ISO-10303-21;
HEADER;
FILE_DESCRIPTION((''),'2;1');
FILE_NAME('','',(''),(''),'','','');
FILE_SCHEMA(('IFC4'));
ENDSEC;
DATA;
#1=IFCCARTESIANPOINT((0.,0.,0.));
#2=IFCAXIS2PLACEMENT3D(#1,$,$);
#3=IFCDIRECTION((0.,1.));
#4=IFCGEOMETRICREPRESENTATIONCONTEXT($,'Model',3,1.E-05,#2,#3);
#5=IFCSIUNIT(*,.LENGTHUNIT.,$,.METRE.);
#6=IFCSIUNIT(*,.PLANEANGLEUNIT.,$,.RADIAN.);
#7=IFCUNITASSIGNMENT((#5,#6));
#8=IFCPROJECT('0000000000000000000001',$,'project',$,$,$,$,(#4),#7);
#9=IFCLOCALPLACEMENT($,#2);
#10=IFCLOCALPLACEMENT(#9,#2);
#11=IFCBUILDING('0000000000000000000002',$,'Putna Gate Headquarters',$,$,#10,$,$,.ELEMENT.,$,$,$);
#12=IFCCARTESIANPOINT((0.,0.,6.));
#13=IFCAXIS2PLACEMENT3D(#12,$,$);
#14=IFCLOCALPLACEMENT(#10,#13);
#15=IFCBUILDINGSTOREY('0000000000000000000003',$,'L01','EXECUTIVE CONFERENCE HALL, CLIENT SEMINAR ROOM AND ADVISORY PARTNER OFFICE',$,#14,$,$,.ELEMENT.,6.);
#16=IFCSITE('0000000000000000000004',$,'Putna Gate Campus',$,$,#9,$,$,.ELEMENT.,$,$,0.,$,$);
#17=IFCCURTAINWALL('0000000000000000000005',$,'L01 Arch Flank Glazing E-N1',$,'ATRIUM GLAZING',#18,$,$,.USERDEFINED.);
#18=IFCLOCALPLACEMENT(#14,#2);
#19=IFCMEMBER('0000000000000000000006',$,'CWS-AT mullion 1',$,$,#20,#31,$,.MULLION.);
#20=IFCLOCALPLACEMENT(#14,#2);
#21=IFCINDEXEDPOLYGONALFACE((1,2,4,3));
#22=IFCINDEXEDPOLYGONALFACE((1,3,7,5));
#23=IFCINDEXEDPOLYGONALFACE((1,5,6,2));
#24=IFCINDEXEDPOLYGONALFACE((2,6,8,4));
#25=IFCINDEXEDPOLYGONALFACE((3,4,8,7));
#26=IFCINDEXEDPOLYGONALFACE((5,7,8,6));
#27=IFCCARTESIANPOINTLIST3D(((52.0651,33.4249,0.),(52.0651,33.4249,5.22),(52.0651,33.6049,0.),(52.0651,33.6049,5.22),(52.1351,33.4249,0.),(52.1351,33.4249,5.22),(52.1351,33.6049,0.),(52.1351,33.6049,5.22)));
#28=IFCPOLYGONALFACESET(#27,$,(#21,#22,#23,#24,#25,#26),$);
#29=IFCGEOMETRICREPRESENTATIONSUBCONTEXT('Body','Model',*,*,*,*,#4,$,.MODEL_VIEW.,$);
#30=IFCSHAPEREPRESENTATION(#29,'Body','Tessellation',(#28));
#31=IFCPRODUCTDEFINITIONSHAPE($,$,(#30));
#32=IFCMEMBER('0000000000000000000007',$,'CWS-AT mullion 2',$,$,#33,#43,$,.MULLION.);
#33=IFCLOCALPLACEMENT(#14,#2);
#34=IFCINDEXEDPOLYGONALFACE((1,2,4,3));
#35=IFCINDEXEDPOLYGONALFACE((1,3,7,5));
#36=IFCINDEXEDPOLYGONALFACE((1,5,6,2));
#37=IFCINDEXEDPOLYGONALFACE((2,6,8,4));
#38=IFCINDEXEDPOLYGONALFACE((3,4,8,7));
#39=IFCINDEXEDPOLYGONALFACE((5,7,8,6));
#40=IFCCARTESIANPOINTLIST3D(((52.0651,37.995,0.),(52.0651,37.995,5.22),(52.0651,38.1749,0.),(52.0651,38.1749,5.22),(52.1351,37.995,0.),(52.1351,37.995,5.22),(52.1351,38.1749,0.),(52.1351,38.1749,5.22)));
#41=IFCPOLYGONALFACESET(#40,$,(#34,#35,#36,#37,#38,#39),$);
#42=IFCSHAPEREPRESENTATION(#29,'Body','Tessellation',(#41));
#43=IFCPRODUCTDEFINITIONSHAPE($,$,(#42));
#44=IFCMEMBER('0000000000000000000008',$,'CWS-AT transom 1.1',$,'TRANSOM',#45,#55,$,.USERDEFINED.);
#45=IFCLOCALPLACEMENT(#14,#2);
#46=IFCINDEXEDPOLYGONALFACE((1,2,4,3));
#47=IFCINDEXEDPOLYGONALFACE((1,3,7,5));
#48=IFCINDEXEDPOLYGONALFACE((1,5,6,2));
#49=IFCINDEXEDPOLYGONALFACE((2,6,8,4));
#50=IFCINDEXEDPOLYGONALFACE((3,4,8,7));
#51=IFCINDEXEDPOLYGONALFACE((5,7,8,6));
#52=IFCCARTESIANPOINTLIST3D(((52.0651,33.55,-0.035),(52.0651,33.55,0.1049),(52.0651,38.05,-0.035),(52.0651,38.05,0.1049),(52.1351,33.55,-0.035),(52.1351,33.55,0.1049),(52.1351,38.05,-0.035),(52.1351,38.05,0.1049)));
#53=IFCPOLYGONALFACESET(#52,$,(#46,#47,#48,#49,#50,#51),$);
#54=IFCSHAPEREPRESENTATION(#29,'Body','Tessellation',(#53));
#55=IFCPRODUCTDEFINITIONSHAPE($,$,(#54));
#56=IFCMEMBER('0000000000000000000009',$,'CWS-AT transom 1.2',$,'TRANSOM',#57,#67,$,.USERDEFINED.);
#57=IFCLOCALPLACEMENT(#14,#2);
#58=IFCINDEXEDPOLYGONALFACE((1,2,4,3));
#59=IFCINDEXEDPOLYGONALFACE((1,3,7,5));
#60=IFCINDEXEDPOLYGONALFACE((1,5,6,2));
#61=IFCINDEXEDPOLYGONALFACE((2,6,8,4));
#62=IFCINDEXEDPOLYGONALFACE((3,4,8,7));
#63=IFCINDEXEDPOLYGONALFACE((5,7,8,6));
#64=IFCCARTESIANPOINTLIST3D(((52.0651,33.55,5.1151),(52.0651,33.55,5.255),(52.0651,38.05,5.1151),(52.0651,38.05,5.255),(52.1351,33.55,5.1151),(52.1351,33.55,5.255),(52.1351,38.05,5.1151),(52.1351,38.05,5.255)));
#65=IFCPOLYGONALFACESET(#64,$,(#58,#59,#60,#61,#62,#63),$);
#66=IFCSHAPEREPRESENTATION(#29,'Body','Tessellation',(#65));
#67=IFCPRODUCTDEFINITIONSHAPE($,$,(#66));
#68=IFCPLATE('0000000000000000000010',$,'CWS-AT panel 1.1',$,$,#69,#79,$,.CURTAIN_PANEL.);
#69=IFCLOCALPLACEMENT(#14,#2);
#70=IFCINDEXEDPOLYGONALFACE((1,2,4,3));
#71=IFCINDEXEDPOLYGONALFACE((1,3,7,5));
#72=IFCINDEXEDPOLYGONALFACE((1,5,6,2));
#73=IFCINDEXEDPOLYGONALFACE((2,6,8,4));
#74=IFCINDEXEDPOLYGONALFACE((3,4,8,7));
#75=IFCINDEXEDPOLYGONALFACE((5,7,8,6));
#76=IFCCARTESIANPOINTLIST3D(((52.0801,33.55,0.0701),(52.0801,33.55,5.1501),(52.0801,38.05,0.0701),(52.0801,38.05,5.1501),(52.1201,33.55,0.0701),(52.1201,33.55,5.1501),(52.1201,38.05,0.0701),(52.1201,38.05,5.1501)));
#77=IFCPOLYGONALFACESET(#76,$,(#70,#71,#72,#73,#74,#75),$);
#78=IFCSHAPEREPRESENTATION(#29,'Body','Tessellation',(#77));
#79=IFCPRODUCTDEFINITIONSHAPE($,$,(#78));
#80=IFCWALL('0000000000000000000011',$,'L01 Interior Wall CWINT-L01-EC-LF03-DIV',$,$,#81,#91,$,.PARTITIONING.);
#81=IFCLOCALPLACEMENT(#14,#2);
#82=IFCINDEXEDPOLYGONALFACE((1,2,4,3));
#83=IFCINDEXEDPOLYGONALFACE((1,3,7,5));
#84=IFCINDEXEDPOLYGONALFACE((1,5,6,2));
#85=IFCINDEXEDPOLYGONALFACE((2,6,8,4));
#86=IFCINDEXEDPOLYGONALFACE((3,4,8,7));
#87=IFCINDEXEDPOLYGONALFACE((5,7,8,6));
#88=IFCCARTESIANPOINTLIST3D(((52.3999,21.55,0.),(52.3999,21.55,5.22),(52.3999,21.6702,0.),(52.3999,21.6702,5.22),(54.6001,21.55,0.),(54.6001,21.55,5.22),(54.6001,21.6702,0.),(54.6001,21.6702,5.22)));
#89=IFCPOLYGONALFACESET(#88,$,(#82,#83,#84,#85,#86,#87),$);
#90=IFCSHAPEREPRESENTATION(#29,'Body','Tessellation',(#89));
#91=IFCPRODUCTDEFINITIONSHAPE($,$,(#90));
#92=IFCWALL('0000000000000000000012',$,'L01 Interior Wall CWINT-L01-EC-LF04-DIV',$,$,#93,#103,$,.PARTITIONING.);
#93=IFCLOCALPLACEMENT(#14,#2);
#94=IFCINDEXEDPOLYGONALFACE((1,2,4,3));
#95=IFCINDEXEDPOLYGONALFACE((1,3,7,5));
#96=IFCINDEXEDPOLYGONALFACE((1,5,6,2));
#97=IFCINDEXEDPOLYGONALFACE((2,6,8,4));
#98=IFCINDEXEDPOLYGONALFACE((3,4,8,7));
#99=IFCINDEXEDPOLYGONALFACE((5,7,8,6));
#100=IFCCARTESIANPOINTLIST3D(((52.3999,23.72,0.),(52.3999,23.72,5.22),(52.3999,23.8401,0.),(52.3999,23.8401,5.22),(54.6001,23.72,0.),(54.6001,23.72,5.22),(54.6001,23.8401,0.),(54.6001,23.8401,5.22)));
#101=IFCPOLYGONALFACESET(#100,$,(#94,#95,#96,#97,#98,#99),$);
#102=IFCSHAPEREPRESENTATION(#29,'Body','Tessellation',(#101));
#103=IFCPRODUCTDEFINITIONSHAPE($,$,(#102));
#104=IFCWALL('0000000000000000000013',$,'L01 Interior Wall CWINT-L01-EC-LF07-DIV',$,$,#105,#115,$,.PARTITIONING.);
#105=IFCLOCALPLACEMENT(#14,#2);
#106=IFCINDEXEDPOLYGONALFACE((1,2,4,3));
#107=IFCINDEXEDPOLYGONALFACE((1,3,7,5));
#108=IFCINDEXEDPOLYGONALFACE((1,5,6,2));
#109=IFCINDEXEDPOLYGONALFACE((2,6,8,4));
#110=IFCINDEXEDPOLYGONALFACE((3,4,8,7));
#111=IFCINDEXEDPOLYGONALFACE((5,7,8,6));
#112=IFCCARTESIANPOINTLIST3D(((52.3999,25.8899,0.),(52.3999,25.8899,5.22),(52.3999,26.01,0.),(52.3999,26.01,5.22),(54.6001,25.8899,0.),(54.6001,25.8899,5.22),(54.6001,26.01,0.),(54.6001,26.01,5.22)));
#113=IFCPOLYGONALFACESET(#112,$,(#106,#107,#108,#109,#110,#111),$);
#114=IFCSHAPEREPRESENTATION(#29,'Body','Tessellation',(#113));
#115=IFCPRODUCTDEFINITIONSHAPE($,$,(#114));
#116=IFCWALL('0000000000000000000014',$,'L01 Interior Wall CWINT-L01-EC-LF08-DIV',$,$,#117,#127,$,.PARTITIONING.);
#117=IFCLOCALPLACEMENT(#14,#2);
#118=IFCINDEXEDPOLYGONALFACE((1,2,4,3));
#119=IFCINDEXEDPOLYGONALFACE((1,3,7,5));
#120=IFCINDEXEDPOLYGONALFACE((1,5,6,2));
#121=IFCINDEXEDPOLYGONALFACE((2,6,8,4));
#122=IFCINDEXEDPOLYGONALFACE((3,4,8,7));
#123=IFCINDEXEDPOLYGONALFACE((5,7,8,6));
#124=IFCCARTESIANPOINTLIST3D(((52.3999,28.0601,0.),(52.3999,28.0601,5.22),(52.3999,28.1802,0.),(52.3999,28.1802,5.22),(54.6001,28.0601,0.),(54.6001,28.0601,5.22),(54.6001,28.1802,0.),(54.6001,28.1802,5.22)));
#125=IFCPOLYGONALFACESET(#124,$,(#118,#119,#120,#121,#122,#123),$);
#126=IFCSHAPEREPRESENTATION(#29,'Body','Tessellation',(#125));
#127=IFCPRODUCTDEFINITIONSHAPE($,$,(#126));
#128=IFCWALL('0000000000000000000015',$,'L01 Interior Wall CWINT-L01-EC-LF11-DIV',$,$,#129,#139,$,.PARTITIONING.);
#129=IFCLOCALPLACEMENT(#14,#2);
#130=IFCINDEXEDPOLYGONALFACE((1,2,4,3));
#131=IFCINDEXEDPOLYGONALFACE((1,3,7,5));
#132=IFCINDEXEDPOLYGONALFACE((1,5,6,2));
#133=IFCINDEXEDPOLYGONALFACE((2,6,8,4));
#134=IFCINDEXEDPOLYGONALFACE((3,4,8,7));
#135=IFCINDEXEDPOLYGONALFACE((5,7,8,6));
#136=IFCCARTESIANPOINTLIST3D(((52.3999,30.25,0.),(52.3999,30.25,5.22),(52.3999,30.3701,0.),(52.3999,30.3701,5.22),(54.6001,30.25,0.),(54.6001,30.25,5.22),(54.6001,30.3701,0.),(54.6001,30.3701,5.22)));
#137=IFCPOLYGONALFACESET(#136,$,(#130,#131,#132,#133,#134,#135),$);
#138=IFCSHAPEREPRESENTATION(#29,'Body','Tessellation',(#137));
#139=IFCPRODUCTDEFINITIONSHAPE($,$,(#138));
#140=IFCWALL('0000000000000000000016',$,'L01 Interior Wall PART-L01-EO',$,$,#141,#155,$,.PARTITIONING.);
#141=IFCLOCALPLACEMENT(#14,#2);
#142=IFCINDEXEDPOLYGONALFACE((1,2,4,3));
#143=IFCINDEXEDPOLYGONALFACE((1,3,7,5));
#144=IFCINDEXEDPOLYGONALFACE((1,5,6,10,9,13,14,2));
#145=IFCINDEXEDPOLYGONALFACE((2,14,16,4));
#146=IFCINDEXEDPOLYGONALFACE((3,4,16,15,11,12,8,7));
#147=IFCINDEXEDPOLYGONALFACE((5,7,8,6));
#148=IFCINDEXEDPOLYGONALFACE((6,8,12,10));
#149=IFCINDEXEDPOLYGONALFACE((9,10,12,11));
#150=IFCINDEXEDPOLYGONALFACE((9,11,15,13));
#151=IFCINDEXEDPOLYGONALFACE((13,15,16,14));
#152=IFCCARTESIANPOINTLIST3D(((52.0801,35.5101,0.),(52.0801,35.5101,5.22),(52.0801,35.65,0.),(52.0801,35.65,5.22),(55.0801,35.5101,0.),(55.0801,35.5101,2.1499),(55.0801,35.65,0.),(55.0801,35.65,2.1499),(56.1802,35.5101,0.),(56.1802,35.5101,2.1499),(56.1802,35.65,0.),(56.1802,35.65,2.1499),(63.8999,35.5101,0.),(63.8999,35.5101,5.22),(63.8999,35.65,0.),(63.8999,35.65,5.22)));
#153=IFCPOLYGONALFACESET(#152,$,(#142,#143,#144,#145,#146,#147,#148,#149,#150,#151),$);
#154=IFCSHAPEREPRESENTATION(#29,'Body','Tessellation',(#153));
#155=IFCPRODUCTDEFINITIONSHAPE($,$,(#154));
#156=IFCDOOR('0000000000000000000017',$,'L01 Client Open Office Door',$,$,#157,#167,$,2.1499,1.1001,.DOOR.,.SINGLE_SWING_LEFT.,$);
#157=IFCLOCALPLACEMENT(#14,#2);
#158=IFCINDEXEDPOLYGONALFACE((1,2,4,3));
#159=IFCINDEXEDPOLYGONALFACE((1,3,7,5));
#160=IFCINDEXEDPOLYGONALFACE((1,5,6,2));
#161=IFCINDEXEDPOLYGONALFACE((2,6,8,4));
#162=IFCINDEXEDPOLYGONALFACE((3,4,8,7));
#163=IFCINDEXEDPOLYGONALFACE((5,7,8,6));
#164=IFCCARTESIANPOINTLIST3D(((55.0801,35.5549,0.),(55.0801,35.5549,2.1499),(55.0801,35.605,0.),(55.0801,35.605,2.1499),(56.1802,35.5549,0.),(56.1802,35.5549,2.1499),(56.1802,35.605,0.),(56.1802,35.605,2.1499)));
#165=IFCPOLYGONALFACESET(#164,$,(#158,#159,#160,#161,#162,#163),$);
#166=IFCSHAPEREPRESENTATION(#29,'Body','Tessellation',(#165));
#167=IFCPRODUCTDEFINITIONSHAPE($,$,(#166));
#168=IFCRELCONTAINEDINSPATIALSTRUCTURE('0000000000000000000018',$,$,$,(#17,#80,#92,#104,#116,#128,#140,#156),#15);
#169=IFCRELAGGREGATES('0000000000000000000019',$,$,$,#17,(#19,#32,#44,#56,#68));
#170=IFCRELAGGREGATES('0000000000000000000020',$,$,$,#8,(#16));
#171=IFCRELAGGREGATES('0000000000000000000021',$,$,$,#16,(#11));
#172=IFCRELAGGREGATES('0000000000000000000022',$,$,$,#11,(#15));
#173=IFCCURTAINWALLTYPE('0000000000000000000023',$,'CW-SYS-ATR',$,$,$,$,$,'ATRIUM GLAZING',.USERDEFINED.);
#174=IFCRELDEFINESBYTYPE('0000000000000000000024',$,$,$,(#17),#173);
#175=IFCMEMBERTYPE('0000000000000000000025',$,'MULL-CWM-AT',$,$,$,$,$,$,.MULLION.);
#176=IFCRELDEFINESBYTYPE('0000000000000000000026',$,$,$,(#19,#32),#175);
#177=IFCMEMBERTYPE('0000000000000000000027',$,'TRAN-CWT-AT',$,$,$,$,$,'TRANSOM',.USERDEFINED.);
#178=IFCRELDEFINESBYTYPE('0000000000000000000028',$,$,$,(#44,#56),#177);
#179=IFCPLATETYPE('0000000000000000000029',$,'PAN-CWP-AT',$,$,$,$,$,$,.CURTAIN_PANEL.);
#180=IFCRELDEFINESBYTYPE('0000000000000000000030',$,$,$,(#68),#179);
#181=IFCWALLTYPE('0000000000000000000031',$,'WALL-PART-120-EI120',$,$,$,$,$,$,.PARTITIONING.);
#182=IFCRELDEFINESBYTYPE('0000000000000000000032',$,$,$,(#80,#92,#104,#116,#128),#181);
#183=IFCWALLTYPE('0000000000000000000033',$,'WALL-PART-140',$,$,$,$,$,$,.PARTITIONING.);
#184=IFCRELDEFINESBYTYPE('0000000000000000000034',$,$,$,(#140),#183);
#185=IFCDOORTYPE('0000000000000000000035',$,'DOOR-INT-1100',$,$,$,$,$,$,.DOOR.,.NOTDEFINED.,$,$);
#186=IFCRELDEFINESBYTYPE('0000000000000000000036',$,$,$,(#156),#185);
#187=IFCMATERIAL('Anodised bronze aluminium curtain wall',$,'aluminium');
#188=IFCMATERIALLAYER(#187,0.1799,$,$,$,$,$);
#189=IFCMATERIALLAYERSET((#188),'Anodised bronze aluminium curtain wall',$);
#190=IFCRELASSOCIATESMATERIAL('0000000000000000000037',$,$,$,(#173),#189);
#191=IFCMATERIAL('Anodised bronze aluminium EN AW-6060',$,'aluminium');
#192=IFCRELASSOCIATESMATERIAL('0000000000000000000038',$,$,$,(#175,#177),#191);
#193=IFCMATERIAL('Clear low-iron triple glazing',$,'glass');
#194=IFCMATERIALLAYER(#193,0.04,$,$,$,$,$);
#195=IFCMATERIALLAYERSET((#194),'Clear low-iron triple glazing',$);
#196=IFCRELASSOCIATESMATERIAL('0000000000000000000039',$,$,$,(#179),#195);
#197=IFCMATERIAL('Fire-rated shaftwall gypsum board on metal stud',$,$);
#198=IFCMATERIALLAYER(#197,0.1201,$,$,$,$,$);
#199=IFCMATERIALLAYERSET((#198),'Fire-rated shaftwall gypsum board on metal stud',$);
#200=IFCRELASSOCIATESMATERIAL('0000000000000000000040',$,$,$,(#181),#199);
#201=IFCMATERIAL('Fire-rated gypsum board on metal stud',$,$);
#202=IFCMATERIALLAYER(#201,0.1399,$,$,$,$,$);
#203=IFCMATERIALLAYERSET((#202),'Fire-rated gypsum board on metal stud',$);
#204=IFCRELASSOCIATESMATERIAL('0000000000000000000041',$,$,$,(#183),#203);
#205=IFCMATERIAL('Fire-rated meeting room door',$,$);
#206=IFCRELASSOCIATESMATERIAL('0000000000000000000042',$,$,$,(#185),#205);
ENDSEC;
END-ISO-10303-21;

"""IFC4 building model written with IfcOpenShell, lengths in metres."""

from ifc_helpers import new_model, si_unit, direction, frame, frame_2d, origin, origin_2d, place, context, subcontext, project, spatial, rectangle, extrude, material, layer, layer_set, material_profile, profile_set, type_object, element, fill, aggregate, save


model = new_model("IFC4")

# Units and contexts
model_context = context("Model", 3, precision=1e-05, world=origin(), true_north=direction((0.0, 1.0)))
body_context = subcontext(model_context, "Body", "Model", "MODEL_VIEW")
ifc_project = project(units=[si_unit("LENGTHUNIT", "METRE"), si_unit("PLANEANGLEUNIT", "RADIAN")], contexts=[model_context])

# Site, building, storey
site_placement = place(None, origin())
site = spatial("IfcSite", under=ifc_project, at=site_placement, Name="Putna Gate Campus", CompositionType="ELEMENT", RefElevation=0.0)
building_placement = place(site_placement, origin())
building = spatial("IfcBuilding", under=site, at=building_placement, Name="Putna Gate Headquarters", CompositionType="ELEMENT")
storey_placement = place(building_placement, frame((0.0, 0.0, 6.0)))
storey = spatial("IfcBuildingStorey", under=building, at=storey_placement, Name="L01", Description="EXECUTIVE CONFERENCE HALL, CLIENT SEMINAR ROOM AND ADVISORY PARTNER OFFICE", CompositionType="ELEMENT", Elevation=6.0)

# Curtain wall, members, plate
ifc_material_1 = material(Name="Anodised bronze aluminium curtain wall", Category="aluminium")
ifc_layer_1 = layer(ifc_material_1, 0.1799)
ifc_layer_set_1 = layer_set([ifc_layer_1], Name="Anodised bronze aluminium curtain wall")
curtain_wall_type = type_object("IfcCurtainWallType", Name="CW-SYS-ATR", ElementType="ATRIUM GLAZING", PredefinedType="USERDEFINED", material=ifc_layer_set_1)
curtain_wall_placement = place(storey_placement, origin())
curtain_wall = element("IfcCurtainWall", 1, at=curtain_wall_placement, inside=storey, type_object=curtain_wall_type, Name="L01 Arch Flank Glazing E-N1", ObjectType="ATRIUM GLAZING", PredefinedType="USERDEFINED")
ifc_material_2 = material(Name="Anodised bronze aluminium EN AW-6060", Category="aluminium")
ifc_material_profile_1 = material_profile(ifc_material_2, rectangle(XDim=0.0701, YDim=0.1799, at=origin_2d()), Name="Anodised bronze aluminium EN AW-6060")
ifc_profile_set_1 = profile_set([ifc_material_profile_1], Name="Anodised bronze aluminium EN AW-6060")
member_type_1 = type_object("IfcMemberType", Name="MULL-CWM-AT", PredefinedType="MULLION", material=ifc_profile_set_1)
member_1_placement = place(storey_placement, frame((52.1001, 33.5149, 0.0), z_axis=(0.0, 0.0, 1.0), x_axis=(-1.0, 0.0, 0.0)))
member_1 = element("IfcMember", 2, at=member_1_placement, type_object=member_type_1, Name="CWS-AT mullion 1", PredefinedType="MULLION", context=body_context, shape_type="SweptSolid", body=[
    extrude(rectangle(XDim=0.0701, YDim=0.1799, at=origin_2d()), origin(), (0.0, 0.0, 1.0), 5.22),
])
member_2_placement = place(storey_placement, frame((52.1001, 38.085, 0.0), z_axis=(0.0, 0.0, 1.0), x_axis=(-1.0, 0.0, 0.0)))
member_2 = element("IfcMember", 3, at=member_2_placement, type_object=member_type_1, Name="CWS-AT mullion 2", PredefinedType="MULLION", context=body_context, shape_type="SweptSolid", body=[
    extrude(rectangle(XDim=0.0701, YDim=0.1799, at=origin_2d()), origin(), (0.0, 0.0, 1.0), 5.22),
])
ifc_material_profile_2 = material_profile(ifc_material_2, rectangle(XDim=0.0701, YDim=0.1399, at=origin_2d()), Name="Anodised bronze aluminium EN AW-6060")
ifc_profile_set_2 = profile_set([ifc_material_profile_2], Name="Anodised bronze aluminium EN AW-6060")
member_type_2 = type_object("IfcMemberType", Name="TRAN-CWT-AT", ElementType="TRANSOM", PredefinedType="USERDEFINED", material=ifc_profile_set_2)
member_3_placement = place(storey_placement, frame((52.1001, 33.55, 0.0349), z_axis=(0.0, 1.0, 0.0), x_axis=(-1.0, 0.0, 0.0)))
member_3 = element("IfcMember", 4, at=member_3_placement, type_object=member_type_2, Name="CWS-AT transom 1.1", ObjectType="TRANSOM", PredefinedType="USERDEFINED", context=body_context, shape_type="SweptSolid", body=[
    extrude(rectangle(XDim=0.0701, YDim=0.1399, at=origin_2d()), origin(), (0.0, 0.0, 1.0), 4.5),
])
member_4_placement = place(storey_placement, frame((52.1001, 33.55, 5.1851), z_axis=(0.0, 1.0, 0.0), x_axis=(-1.0, 0.0, 0.0)))
member_4 = element("IfcMember", 5, at=member_4_placement, type_object=member_type_2, Name="CWS-AT transom 1.2", ObjectType="TRANSOM", PredefinedType="USERDEFINED", context=body_context, shape_type="SweptSolid", body=[
    extrude(rectangle(XDim=0.0701, YDim=0.1399, at=origin_2d()), origin(), (0.0, 0.0, 1.0), 4.5),
])
ifc_material_3 = material(Name="Clear low-iron triple glazing", Category="glass")
ifc_layer_2 = layer(ifc_material_3, 0.04)
ifc_layer_set_2 = layer_set([ifc_layer_2], Name="Clear low-iron triple glazing")
plate_type = type_object("IfcPlateType", Name="PAN-CWP-AT", PredefinedType="CURTAIN_PANEL", material=ifc_layer_set_2)
plate_placement = place(storey_placement, frame((52.1001, 35.8, 0.0701), z_axis=(0.0, 0.0, 1.0), x_axis=(0.0, 1.0, 0.0)))
plate = element("IfcPlate", 6, at=plate_placement, type_object=plate_type, Name="CWS-AT panel 1.1", PredefinedType="CURTAIN_PANEL", context=body_context, shape_type="SweptSolid", body=[
    extrude(rectangle(XDim=4.5, YDim=0.04, at=origin_2d()), origin(), (0.0, 0.0, 1.0), 5.0801),
])
aggregate(curtain_wall, [member_1, member_2, member_3, member_4, plate])

# Walls
ifc_material_4 = material(Name="Fire-rated shaftwall gypsum board on metal stud")
ifc_layer_3 = layer(ifc_material_4, 0.1201)
ifc_layer_set_3 = layer_set([ifc_layer_3], Name="Fire-rated shaftwall gypsum board on metal stud")
wall_type_1 = type_object("IfcWallType", Name="WALL-PART-120-EI120", PredefinedType="PARTITIONING", material=ifc_layer_set_3)
for number, where, z_axis, x_axis, name in (
    (7, (52.3999, 21.6101, 0.0), (0.0, 0.0, 1.0), (1.0, 0.0, 0.0), "L01 Interior Wall CWINT-L01-EC-LF03-DIV"),
    (8, (52.3999, 23.78, 0.0), (0.0, 0.0, 1.0), (1.0, 0.0, 0.0), "L01 Interior Wall CWINT-L01-EC-LF04-DIV"),
    (9, (52.3999, 25.95, 0.0), (0.0, 0.0, 1.0), (1.0, 0.0, 0.0), "L01 Interior Wall CWINT-L01-EC-LF07-DIV"),
    (10, (52.3999, 28.1201, 0.0), (0.0, 0.0, 1.0), (1.0, 0.0, 0.0), "L01 Interior Wall CWINT-L01-EC-LF08-DIV"),
    (11, (52.3999, 30.3101, 0.0), (0.0, 0.0, 1.0), (1.0, 0.0, 0.0), "L01 Interior Wall CWINT-L01-EC-LF11-DIV"),
):
    element("IfcWall", number, at=place(storey_placement, frame(where, z_axis=z_axis, x_axis=x_axis)), inside=storey, type_object=wall_type_1, Name=name, PredefinedType="PARTITIONING", context=body_context, shape_type="SweptSolid", body=[
        extrude(rectangle(XDim=2.2002, YDim=0.1201, at=frame_2d((1.1001, 0.0))), origin(), (0.0, 0.0, 1.0), 5.22),
    ])

# Wall, opening, door
ifc_material_5 = material(Name="Fire-rated gypsum board on metal stud")
ifc_layer_4 = layer(ifc_material_5, 0.1399)
ifc_layer_set_4 = layer_set([ifc_layer_4], Name="Fire-rated gypsum board on metal stud")
wall_type_2 = type_object("IfcWallType", Name="WALL-PART-140", PredefinedType="PARTITIONING", material=ifc_layer_set_4)
wall_1_placement = place(storey_placement, frame((52.0801, 35.5801, 0.0), z_axis=(0.0, 0.0, 1.0), x_axis=(1.0, 0.0, 0.0)))
wall_1 = element("IfcWall", 12, at=wall_1_placement, inside=storey, type_object=wall_type_2, Name="L01 Interior Wall PART-L01-EO", PredefinedType="PARTITIONING", context=body_context, shape_type="SweptSolid", body=[
    extrude(rectangle(XDim=11.8198, YDim=0.1399, at=frame_2d((5.9099, 0.0))), origin(), (0.0, 0.0, 1.0), 5.22),
])
opening_1_placement = place(wall_1_placement, frame((3.0, 0.0, 0.0)))
opening_1 = element("IfcOpeningElement", 13, at=opening_1_placement, cuts=wall_1, PredefinedType="OPENING", context=body_context, shape_type="SweptSolid", body=[
    extrude(rectangle(XDim=1.1001, YDim=2.1499, at=frame_2d((0.55, 1.075))), frame((0.0, 0.0798, 0.0), z_axis=(0.0, -1.0, 0.0), x_axis=(1.0, 0.0, 0.0)), (0.0, 0.0, 1.0), 0.1599),
])
ifc_material_6 = material(Name="Fire-rated meeting room door")
door_type_1 = type_object("IfcDoorType", Name="DOOR-INT-1100", OperationType="NOTDEFINED", PredefinedType="DOOR", material=ifc_material_6)
door_1_placement = place(opening_1_placement, origin())
door_1 = element("IfcDoor", 14, at=door_1_placement, inside=storey, type_object=door_type_1, Name="L01 Client Open Office Door", OperationType="SINGLE_SWING_LEFT", OverallHeight=2.1499, OverallWidth=1.1001, PredefinedType="DOOR", context=body_context, shape_type="SweptSolid", body=[
    extrude(rectangle(XDim=1.1001, YDim=2.1499, at=frame_2d((0.55, 1.075))), frame((0.0, 0.0249, 0.0), z_axis=(0.0, -1.0, 0.0), x_axis=(1.0, 0.0, 0.0)), (0.0, 0.0, 1.0), 0.05),
])
fill(opening_1, door_1)

save(model, "model.ifc")
